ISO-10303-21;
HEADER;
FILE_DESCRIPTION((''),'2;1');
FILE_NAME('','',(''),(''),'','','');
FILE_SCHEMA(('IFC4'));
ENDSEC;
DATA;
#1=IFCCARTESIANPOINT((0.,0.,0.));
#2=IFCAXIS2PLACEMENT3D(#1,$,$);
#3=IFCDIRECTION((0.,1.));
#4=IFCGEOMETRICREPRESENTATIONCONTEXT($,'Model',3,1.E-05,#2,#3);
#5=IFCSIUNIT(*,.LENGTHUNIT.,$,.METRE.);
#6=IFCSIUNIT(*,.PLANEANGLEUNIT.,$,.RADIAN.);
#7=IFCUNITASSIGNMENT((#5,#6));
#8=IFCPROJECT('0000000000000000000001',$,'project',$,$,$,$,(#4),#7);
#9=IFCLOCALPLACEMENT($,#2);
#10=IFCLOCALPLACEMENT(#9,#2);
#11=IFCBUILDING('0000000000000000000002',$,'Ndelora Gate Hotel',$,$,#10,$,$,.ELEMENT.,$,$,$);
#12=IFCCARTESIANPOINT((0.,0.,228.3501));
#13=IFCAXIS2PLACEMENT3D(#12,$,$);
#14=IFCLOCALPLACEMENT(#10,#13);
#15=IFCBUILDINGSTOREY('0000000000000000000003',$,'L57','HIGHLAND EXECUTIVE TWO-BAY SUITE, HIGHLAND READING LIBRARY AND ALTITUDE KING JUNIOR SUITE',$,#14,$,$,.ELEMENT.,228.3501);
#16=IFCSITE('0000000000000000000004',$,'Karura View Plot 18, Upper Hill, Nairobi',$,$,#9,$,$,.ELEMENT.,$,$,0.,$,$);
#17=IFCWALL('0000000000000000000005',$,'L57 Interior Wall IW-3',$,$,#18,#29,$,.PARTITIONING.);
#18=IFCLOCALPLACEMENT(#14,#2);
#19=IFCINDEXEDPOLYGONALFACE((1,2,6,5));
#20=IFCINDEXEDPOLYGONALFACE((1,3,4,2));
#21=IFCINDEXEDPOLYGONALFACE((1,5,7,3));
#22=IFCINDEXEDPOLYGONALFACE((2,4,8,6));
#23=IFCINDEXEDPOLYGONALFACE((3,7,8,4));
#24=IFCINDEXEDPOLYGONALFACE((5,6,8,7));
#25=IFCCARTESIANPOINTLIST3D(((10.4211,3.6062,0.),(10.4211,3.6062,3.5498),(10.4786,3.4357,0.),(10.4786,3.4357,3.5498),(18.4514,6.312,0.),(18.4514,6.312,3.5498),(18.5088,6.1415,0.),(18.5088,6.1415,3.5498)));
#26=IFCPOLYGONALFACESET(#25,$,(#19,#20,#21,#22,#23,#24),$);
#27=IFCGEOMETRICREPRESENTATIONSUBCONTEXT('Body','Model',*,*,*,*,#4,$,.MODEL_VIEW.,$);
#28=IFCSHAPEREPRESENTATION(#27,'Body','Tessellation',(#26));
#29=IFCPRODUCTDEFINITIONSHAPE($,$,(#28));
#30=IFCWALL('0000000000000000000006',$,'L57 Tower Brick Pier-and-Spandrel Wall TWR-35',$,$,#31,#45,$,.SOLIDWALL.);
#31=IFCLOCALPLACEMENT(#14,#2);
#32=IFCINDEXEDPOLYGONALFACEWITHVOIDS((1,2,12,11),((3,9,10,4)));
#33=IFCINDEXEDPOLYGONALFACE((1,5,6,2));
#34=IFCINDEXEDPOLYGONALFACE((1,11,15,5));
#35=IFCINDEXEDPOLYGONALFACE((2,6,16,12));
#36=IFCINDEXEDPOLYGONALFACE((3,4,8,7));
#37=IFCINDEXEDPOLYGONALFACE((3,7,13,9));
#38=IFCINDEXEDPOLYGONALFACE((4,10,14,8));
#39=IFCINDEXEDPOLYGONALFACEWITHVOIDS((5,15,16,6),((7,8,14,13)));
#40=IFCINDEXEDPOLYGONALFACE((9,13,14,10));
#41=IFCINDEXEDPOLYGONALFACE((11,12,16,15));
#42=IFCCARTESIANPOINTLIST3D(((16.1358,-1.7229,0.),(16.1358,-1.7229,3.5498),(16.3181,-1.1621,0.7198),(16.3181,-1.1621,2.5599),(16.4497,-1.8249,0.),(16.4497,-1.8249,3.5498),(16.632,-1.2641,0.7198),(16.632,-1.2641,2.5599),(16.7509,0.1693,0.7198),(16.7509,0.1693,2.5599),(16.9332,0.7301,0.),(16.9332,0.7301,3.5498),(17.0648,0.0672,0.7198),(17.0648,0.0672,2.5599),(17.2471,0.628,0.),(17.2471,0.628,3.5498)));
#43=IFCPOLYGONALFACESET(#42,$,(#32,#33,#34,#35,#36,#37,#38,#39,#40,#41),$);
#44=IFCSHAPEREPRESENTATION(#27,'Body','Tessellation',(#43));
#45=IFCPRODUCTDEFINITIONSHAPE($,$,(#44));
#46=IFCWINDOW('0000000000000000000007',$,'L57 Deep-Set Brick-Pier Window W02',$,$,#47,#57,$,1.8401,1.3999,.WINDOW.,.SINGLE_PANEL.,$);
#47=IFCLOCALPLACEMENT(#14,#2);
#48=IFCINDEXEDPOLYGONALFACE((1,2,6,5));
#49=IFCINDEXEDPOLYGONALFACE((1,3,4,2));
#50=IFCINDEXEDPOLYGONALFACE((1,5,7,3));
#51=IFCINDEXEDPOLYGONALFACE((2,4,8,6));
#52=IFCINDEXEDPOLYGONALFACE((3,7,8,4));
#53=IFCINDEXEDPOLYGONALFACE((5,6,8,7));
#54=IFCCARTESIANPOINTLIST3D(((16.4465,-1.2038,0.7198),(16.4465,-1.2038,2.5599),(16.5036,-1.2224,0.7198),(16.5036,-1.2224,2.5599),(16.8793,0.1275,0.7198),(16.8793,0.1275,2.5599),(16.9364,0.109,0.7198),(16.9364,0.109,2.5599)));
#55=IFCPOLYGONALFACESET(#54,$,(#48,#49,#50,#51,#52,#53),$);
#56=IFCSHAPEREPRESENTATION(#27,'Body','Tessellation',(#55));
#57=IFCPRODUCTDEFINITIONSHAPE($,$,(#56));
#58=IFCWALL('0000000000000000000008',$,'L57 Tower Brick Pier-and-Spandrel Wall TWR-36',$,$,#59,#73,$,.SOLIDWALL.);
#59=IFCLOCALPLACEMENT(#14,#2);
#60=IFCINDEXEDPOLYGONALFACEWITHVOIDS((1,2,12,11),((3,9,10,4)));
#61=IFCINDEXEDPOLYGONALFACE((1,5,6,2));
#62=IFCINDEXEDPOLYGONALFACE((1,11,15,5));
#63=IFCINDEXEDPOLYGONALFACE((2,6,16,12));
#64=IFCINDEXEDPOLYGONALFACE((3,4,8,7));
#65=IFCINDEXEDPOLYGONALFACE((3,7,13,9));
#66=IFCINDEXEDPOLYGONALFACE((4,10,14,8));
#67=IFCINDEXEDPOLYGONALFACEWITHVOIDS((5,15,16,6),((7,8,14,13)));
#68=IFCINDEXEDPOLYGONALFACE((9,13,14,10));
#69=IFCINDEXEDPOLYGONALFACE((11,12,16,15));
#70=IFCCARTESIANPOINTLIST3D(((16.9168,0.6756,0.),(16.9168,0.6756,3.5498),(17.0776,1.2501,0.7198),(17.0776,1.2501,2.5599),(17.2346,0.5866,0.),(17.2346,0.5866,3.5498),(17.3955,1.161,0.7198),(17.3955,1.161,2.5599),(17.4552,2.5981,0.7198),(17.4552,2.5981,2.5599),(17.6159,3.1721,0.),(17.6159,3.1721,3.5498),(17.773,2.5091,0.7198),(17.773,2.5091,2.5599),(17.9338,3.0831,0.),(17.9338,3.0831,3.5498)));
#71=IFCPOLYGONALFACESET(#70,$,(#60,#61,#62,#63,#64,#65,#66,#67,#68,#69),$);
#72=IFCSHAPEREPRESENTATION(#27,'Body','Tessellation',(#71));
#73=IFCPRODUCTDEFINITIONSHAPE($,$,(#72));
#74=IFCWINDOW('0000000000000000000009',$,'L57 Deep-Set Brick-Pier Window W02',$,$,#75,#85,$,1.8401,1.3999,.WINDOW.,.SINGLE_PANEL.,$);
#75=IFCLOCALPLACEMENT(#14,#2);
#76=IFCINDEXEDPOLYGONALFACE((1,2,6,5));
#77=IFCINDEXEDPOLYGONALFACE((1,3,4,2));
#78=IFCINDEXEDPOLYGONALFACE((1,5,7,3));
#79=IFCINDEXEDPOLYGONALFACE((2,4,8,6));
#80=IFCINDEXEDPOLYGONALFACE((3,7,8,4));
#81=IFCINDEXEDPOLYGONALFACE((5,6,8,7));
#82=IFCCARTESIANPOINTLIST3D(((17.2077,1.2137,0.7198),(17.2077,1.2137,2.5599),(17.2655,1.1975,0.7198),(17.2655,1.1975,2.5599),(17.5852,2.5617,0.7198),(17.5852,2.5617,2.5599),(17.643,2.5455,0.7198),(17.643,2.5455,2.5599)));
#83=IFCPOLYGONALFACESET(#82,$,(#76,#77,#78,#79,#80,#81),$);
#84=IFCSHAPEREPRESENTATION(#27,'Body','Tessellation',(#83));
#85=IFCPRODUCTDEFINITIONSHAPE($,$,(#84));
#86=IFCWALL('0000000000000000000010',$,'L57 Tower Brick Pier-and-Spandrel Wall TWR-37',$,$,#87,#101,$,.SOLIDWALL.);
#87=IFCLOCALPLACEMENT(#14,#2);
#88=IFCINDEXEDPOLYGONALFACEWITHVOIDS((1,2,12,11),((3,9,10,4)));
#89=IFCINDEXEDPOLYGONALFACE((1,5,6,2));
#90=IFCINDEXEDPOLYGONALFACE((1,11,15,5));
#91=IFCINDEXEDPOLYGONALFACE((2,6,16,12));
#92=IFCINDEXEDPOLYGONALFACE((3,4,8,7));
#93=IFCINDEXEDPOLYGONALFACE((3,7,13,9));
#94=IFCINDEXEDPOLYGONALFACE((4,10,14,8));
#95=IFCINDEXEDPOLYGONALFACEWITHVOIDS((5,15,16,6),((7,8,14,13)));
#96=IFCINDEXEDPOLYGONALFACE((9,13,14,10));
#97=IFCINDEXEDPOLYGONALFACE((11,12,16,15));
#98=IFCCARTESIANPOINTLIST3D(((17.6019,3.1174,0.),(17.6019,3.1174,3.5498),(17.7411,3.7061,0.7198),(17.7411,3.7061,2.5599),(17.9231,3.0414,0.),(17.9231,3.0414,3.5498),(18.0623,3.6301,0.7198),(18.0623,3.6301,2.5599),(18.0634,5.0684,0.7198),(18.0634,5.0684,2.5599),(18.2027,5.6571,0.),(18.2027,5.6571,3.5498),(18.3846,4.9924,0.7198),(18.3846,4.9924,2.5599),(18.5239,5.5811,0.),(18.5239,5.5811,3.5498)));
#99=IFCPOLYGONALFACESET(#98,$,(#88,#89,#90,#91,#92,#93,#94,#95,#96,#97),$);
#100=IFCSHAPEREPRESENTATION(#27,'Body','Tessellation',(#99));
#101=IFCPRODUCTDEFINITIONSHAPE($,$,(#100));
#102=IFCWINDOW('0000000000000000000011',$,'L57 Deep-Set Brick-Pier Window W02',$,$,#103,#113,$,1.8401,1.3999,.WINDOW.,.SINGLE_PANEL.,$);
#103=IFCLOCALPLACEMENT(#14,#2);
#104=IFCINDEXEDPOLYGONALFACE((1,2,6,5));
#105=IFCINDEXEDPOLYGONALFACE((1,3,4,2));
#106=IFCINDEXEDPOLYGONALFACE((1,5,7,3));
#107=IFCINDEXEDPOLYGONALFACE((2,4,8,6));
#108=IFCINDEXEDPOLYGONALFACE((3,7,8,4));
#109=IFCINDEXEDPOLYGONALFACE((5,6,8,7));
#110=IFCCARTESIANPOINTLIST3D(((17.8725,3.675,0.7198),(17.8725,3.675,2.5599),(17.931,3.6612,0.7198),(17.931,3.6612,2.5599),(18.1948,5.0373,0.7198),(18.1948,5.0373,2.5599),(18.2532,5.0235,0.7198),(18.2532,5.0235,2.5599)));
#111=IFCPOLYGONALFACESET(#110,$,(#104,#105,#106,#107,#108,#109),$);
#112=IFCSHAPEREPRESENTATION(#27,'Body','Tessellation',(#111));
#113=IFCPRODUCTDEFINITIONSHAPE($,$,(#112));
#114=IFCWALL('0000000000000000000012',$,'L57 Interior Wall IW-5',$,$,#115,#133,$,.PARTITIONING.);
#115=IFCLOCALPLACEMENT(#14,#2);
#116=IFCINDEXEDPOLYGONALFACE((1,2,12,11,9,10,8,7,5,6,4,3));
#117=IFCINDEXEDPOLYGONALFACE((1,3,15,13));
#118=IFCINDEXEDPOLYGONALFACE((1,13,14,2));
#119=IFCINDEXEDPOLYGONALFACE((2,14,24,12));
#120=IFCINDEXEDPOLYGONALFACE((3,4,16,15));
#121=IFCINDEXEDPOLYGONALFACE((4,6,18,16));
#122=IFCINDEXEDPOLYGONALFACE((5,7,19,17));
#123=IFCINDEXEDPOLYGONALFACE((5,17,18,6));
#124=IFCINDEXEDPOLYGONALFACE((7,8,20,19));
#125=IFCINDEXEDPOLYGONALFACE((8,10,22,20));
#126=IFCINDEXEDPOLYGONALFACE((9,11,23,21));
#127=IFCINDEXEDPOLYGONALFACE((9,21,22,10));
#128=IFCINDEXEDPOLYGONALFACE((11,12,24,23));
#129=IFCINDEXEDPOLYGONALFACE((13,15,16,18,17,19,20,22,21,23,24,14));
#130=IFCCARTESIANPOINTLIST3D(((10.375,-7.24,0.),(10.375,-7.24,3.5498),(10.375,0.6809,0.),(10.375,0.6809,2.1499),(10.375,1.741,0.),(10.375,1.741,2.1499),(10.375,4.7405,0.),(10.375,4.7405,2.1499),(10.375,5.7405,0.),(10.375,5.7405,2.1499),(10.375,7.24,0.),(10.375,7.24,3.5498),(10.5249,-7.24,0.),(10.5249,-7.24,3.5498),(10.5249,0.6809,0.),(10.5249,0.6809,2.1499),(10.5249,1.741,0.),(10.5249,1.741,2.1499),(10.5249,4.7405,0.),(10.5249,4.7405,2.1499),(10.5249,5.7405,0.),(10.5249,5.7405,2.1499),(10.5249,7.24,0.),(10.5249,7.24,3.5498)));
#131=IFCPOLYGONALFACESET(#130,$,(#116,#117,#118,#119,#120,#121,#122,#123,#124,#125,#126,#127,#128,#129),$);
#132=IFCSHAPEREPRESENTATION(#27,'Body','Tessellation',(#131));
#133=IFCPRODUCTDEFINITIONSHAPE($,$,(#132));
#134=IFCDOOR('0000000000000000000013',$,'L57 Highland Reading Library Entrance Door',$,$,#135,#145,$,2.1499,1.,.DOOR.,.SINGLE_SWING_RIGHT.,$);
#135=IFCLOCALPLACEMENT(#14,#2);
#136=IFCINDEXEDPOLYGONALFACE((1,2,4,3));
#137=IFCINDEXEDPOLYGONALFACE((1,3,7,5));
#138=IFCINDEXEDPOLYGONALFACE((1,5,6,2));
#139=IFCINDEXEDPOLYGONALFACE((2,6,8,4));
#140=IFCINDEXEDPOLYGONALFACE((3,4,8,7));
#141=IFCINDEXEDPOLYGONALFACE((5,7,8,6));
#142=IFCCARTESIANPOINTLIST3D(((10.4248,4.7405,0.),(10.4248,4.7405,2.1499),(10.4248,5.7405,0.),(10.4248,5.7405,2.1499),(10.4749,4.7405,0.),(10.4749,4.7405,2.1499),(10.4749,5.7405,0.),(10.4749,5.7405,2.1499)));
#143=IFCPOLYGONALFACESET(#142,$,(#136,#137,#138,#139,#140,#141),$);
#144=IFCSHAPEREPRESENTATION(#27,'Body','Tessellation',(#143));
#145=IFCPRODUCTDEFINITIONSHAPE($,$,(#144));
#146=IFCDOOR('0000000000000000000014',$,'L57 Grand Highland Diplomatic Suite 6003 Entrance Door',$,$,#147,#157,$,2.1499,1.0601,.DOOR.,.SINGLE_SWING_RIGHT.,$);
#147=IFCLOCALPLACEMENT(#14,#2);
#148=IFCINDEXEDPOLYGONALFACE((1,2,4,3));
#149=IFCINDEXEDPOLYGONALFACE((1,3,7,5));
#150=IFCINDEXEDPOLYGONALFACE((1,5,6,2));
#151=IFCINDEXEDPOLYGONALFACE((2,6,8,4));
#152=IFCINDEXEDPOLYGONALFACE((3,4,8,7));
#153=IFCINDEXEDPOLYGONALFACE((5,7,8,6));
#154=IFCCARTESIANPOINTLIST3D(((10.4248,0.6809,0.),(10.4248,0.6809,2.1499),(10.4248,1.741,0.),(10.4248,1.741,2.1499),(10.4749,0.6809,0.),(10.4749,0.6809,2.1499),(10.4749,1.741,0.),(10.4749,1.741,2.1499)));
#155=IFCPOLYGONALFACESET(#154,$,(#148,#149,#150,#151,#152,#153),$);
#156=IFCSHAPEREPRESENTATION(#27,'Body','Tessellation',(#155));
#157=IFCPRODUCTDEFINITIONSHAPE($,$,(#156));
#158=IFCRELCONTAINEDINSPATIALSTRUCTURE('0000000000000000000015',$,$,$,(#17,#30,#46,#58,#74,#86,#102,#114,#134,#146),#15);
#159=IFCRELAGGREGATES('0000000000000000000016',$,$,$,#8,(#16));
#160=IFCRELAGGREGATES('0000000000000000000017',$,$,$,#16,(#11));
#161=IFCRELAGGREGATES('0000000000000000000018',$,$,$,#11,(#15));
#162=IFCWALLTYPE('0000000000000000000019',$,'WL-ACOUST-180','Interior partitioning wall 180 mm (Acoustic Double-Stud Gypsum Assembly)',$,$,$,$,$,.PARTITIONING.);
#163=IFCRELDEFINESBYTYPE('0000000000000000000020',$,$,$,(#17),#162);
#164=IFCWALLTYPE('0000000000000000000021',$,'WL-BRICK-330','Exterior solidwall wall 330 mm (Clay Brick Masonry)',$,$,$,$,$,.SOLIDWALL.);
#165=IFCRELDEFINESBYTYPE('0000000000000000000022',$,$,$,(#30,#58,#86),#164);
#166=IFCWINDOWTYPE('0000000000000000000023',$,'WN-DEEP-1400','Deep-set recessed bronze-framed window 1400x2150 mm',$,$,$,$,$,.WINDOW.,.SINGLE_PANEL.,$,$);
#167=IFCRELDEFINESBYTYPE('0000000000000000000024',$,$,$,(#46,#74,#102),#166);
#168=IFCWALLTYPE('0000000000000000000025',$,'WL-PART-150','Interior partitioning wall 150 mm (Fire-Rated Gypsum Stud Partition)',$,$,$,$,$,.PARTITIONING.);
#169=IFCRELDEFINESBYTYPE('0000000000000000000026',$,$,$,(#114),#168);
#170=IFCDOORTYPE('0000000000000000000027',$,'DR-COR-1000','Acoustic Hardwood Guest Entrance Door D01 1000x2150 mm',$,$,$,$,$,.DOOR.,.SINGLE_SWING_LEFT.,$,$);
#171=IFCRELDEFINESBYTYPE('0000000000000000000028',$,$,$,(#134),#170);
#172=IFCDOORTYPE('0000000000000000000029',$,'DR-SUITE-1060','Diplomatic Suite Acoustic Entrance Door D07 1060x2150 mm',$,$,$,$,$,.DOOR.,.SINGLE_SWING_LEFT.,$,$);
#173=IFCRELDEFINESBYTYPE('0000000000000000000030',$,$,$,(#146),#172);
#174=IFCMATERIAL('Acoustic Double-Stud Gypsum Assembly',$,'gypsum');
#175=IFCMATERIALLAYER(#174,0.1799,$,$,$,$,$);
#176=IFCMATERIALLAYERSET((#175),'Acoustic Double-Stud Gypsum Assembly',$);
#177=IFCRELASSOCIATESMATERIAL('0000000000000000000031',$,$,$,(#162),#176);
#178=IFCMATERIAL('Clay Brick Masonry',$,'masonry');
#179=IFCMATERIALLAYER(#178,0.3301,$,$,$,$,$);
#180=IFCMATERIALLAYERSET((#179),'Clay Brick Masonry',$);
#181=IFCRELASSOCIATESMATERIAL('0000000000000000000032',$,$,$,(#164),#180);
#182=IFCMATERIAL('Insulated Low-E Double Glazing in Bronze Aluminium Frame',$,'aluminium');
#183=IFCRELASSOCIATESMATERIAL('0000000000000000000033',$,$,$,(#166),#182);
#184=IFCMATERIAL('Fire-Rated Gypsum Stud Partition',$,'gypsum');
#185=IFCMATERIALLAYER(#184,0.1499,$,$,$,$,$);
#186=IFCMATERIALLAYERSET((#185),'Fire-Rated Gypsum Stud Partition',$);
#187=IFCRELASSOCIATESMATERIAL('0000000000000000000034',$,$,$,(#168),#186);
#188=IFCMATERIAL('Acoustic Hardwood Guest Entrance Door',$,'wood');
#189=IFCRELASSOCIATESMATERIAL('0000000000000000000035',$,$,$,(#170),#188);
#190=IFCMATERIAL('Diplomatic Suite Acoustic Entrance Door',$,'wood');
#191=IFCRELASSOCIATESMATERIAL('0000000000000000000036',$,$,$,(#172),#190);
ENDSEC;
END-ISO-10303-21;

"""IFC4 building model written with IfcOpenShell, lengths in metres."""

from ifc_helpers import new_model, si_unit, direction, frame, frame_2d, origin, place, context, subcontext, project, spatial, rectangle, extrude, material, layer, layer_set, type_object, element, fill, save


model = new_model("IFC4")

# Units and contexts
model_context = context("Model", 3, precision=1e-05, world=origin(), true_north=direction((0.0, 1.0)))
body_context = subcontext(model_context, "Body", "Model", "MODEL_VIEW")
ifc_project = project(units=[si_unit("LENGTHUNIT", "METRE"), si_unit("PLANEANGLEUNIT", "RADIAN")], contexts=[model_context])

# Site, building, storey
site_placement = place(None, origin())
site = spatial("IfcSite", under=ifc_project, at=site_placement, Name="Karura View Plot 18, Upper Hill, Nairobi", CompositionType="ELEMENT", RefElevation=0.0)
building_placement = place(site_placement, origin())
building = spatial("IfcBuilding", under=site, at=building_placement, Name="Ndelora Gate Hotel", CompositionType="ELEMENT")
storey_placement = place(building_placement, frame((0.0, 0.0, 228.3501)))
storey = spatial("IfcBuildingStorey", under=building, at=storey_placement, Name="L57", Description="HIGHLAND EXECUTIVE TWO-BAY SUITE, HIGHLAND READING LIBRARY AND ALTITUDE KING JUNIOR SUITE", CompositionType="ELEMENT", Elevation=228.3501)

# Wall
ifc_material_1 = material(Name="Acoustic Double-Stud Gypsum Assembly", Category="gypsum")
ifc_layer_1 = layer(ifc_material_1, 0.1799)
ifc_layer_set_1 = layer_set([ifc_layer_1], Name="Acoustic Double-Stud Gypsum Assembly")
wall_type_1 = type_object("IfcWallType", Name="WL-ACOUST-180", Description="Interior partitioning wall 180 mm (Acoustic Double-Stud Gypsum Assembly)", PredefinedType="PARTITIONING", material=ifc_layer_set_1)
wall_1_placement = place(storey_placement, frame((10.45, 3.521, 0.0), z_axis=(0.0, 0.0, 1.0), x_axis=(0.94765, 0.319312, 0.0)))
element("IfcWall", 1, at=wall_1_placement, inside=storey, type_object=wall_type_1, Name="L57 Interior Wall IW-3", PredefinedType="PARTITIONING", context=body_context, shape_type="SweptSolid", body=[
    extrude(rectangle(XDim=8.4739, YDim=0.1799, at=frame_2d((4.2368, 0.0))), origin(), (0.0, 0.0, 1.0), 3.5498),
])

# Walls, openings, windows
ifc_material_2 = material(Name="Clay Brick Masonry", Category="masonry")
ifc_layer_2 = layer(ifc_material_2, 0.3301)
ifc_layer_set_2 = layer_set([ifc_layer_2], Name="Clay Brick Masonry")
wall_type_2 = type_object("IfcWallType", Name="WL-BRICK-330", Description="Exterior solidwall wall 330 mm (Clay Brick Masonry)", PredefinedType="SOLIDWALL", material=ifc_layer_set_2)
wall_2_placement = place(storey_placement, frame((17.0901, 0.679, 0.0), z_axis=(0.0, 0.0, 1.0), x_axis=(-0.309148, -0.951014, 0.0)))
wall_2 = element("IfcWall", 2, at=wall_2_placement, inside=storey, type_object=wall_type_2, Name="L57 Tower Brick Pier-and-Spandrel Wall TWR-35", PredefinedType="SOLIDWALL", context=body_context, shape_type="SweptSolid", body=[
    extrude(rectangle(XDim=2.5793, YDim=0.3301, at=frame_2d((1.2896, 0.0))), origin(), (0.0, 0.0, 1.0), 3.5498),
])
opening_1_placement = place(wall_2_placement, frame((0.5896, 0.0, 0.72)))
opening_1 = element("IfcOpeningElement", 3, at=opening_1_placement, cuts=wall_2, PredefinedType="OPENING", context=body_context, shape_type="SweptSolid", body=[
    extrude(rectangle(XDim=1.3999, YDim=1.8401, at=frame_2d((0.7, 0.9199))), frame((0.0, 0.175, 0.0), z_axis=(0.0, -1.0, 0.0), x_axis=(1.0, 0.0, 0.0)), (0.0, 0.0, 1.0), 0.3501),
])
ifc_material_3 = material(Name="Insulated Low-E Double Glazing in Bronze Aluminium Frame", Category="aluminium")
window_type = type_object("IfcWindowType", Name="WN-DEEP-1400", Description="Deep-set recessed bronze-framed window 1400x2150 mm", PartitioningType="SINGLE_PANEL", PredefinedType="WINDOW", material=ifc_material_3)
window_1_placement = place(opening_1_placement, origin())
window_1 = element("IfcWindow", 4, at=window_1_placement, inside=storey, type_object=window_type, Name="L57 Deep-Set Brick-Pier Window W02", OverallHeight=1.8401, OverallWidth=1.3999, PartitioningType="SINGLE_PANEL", PredefinedType="WINDOW", context=body_context, shape_type="SweptSolid", body=[
    extrude(rectangle(XDim=1.3999, YDim=1.8401, at=frame_2d((0.7, 0.9199))), frame((0.0, 0.03, 0.0), z_axis=(0.0, -1.0, 0.0), x_axis=(1.0, 0.0, 0.0)), (0.0, 0.0, 1.0), 0.0601),
])
fill(opening_1, window_1)
wall_3_placement = place(storey_placement, frame((17.7749, 3.1277, 0.0), z_axis=(0.0, 0.0, 1.0), x_axis=(-0.269693, -0.962946, 0.0)))
wall_3 = element("IfcWall", 5, at=wall_3_placement, inside=storey, type_object=wall_type_2, Name="L57 Tower Brick Pier-and-Spandrel Wall TWR-36", PredefinedType="SOLIDWALL", context=body_context, shape_type="SweptSolid", body=[
    extrude(rectangle(XDim=2.5925, YDim=0.3301, at=frame_2d((1.2964, 0.0))), origin(), (0.0, 0.0, 1.0), 3.5498),
])
opening_2_placement = place(wall_3_placement, frame((0.5962, 0.0, 0.72)))
opening_2 = element("IfcOpeningElement", 6, at=opening_2_placement, cuts=wall_3, PredefinedType="OPENING", context=body_context, shape_type="SweptSolid", body=[
    extrude(rectangle(XDim=1.3999, YDim=1.8401, at=frame_2d((0.7, 0.9199))), frame((0.0, 0.175, 0.0), z_axis=(0.0, -1.0, 0.0), x_axis=(1.0, 0.0, 0.0)), (0.0, 0.0, 1.0), 0.3501),
])
window_2_placement = place(opening_2_placement, origin())
window_2 = element("IfcWindow", 7, at=window_2_placement, inside=storey, type_object=window_type, Name="L57 Deep-Set Brick-Pier Window W02", OverallHeight=1.8401, OverallWidth=1.3999, PartitioningType="SINGLE_PANEL", PredefinedType="WINDOW", context=body_context, shape_type="SweptSolid", body=[
    extrude(rectangle(XDim=1.3999, YDim=1.8401, at=frame_2d((0.7, 0.9199))), frame((0.0, 0.03, 0.0), z_axis=(0.0, -1.0, 0.0), x_axis=(1.0, 0.0, 0.0)), (0.0, 0.0, 1.0), 0.0601),
])
fill(opening_2, window_2)
wall_4_placement = place(storey_placement, frame((18.3633, 5.6191, 0.0), z_axis=(0.0, 0.0, 1.0), x_axis=(-0.230212, -0.97314, 0.0)))
wall_4 = element("IfcWall", 8, at=wall_4_placement, inside=storey, type_object=wall_type_2, Name="L57 Tower Brick Pier-and-Spandrel Wall TWR-37", PredefinedType="SOLIDWALL", context=body_context, shape_type="SweptSolid", body=[
    extrude(rectangle(XDim=2.6099, YDim=0.3301, at=frame_2d((1.3049, 0.0))), origin(), (0.0, 0.0, 1.0), 3.5498),
])
opening_3_placement = place(wall_4_placement, frame((0.605, 0.0, 0.72)))
opening_3 = element("IfcOpeningElement", 9, at=opening_3_placement, cuts=wall_4, PredefinedType="OPENING", context=body_context, shape_type="SweptSolid", body=[
    extrude(rectangle(XDim=1.3999, YDim=1.8401, at=frame_2d((0.7, 0.9199))), frame((0.0, 0.175, 0.0), z_axis=(0.0, -1.0, 0.0), x_axis=(1.0, 0.0, 0.0)), (0.0, 0.0, 1.0), 0.3501),
])
window_3_placement = place(opening_3_placement, origin())
window_3 = element("IfcWindow", 10, at=window_3_placement, inside=storey, type_object=window_type, Name="L57 Deep-Set Brick-Pier Window W02", OverallHeight=1.8401, OverallWidth=1.3999, PartitioningType="SINGLE_PANEL", PredefinedType="WINDOW", context=body_context, shape_type="SweptSolid", body=[
    extrude(rectangle(XDim=1.3999, YDim=1.8401, at=frame_2d((0.7, 0.9199))), frame((0.0, 0.03, 0.0), z_axis=(0.0, -1.0, 0.0), x_axis=(1.0, 0.0, 0.0)), (0.0, 0.0, 1.0), 0.0601),
])
fill(opening_3, window_3)

# Wall, openings, doors
ifc_material_4 = material(Name="Fire-Rated Gypsum Stud Partition", Category="gypsum")
ifc_layer_3 = layer(ifc_material_4, 0.1499)
ifc_layer_set_3 = layer_set([ifc_layer_3], Name="Fire-Rated Gypsum Stud Partition")
wall_type_3 = type_object("IfcWallType", Name="WL-PART-150", Description="Interior partitioning wall 150 mm (Fire-Rated Gypsum Stud Partition)", PredefinedType="PARTITIONING", material=ifc_layer_set_3)
wall_5_placement = place(storey_placement, frame((10.45, 7.24, 0.0), z_axis=(0.0, 0.0, 1.0), x_axis=(0.0, -1.0, 0.0)))
wall_5 = element("IfcWall", 11, at=wall_5_placement, inside=storey, type_object=wall_type_3, Name="L57 Interior Wall IW-5", PredefinedType="PARTITIONING", context=body_context, shape_type="SweptSolid", body=[
    extrude(rectangle(XDim=14.48, YDim=0.1499, at=frame_2d((7.24, 0.0))), origin(), (0.0, 0.0, 1.0), 3.5498),
])
opening_4_placement = place(wall_5_placement, frame((5.499, 0.0, 0.0)))
opening_4 = element("IfcOpeningElement", 12, at=opening_4_placement, cuts=wall_5, PredefinedType="OPENING", context=body_context, shape_type="SweptSolid", body=[
    extrude(rectangle(XDim=1.0601, YDim=2.1499, at=frame_2d((0.53, 1.075))), frame((0.0, 0.085, 0.0), z_axis=(0.0, -1.0, 0.0), x_axis=(1.0, 0.0, 0.0)), (0.0, 0.0, 1.0), 0.1699),
])
opening_5_placement = place(wall_5_placement, frame((1.4995, 0.0, 0.0)))
opening_5 = element("IfcOpeningElement", 13, at=opening_5_placement, cuts=wall_5, PredefinedType="OPENING", context=body_context, shape_type="SweptSolid", body=[
    extrude(rectangle(XDim=1.0, YDim=2.1499, at=frame_2d((0.5, 1.075))), frame((0.0, 0.085, 0.0), z_axis=(0.0, -1.0, 0.0), x_axis=(1.0, 0.0, 0.0)), (0.0, 0.0, 1.0), 0.1699),
])
ifc_material_5 = material(Name="Acoustic Hardwood Guest Entrance Door", Category="wood")
door_type_1 = type_object("IfcDoorType", Name="DR-COR-1000", Description="Acoustic Hardwood Guest Entrance Door D01 1000x2150 mm", OperationType="SINGLE_SWING_LEFT", PredefinedType="DOOR", material=ifc_material_5)
door_1_placement = place(opening_5_placement, origin())
door_1 = element("IfcDoor", 14, at=door_1_placement, inside=storey, type_object=door_type_1, Name="L57 Highland Reading Library Entrance Door", OperationType="SINGLE_SWING_RIGHT", OverallHeight=2.1499, OverallWidth=1.0, PredefinedType="DOOR", context=body_context, shape_type="SweptSolid", body=[
    extrude(rectangle(XDim=1.0, YDim=2.1499, at=frame_2d((0.5, 1.075))), frame((0.0, 0.0249, 0.0), z_axis=(0.0, -1.0, 0.0), x_axis=(1.0, 0.0, 0.0)), (0.0, 0.0, 1.0), 0.05),
])
fill(opening_5, door_1)
ifc_material_6 = material(Name="Diplomatic Suite Acoustic Entrance Door", Category="wood")
door_type_2 = type_object("IfcDoorType", Name="DR-SUITE-1060", Description="Diplomatic Suite Acoustic Entrance Door D07 1060x2150 mm", OperationType="SINGLE_SWING_LEFT", PredefinedType="DOOR", material=ifc_material_6)
door_2_placement = place(opening_4_placement, origin())
door_2 = element("IfcDoor", 15, at=door_2_placement, inside=storey, type_object=door_type_2, Name="L57 Grand Highland Diplomatic Suite 6003 Entrance Door", OperationType="SINGLE_SWING_RIGHT", OverallHeight=2.1499, OverallWidth=1.0601, PredefinedType="DOOR", context=body_context, shape_type="SweptSolid", body=[
    extrude(rectangle(XDim=1.0601, YDim=2.1499, at=frame_2d((0.53, 1.075))), frame((0.0, 0.0249, 0.0), z_axis=(0.0, -1.0, 0.0), x_axis=(1.0, 0.0, 0.0)), (0.0, 0.0, 1.0), 0.05),
])
fill(opening_4, door_2)

save(model, "model.ifc")
